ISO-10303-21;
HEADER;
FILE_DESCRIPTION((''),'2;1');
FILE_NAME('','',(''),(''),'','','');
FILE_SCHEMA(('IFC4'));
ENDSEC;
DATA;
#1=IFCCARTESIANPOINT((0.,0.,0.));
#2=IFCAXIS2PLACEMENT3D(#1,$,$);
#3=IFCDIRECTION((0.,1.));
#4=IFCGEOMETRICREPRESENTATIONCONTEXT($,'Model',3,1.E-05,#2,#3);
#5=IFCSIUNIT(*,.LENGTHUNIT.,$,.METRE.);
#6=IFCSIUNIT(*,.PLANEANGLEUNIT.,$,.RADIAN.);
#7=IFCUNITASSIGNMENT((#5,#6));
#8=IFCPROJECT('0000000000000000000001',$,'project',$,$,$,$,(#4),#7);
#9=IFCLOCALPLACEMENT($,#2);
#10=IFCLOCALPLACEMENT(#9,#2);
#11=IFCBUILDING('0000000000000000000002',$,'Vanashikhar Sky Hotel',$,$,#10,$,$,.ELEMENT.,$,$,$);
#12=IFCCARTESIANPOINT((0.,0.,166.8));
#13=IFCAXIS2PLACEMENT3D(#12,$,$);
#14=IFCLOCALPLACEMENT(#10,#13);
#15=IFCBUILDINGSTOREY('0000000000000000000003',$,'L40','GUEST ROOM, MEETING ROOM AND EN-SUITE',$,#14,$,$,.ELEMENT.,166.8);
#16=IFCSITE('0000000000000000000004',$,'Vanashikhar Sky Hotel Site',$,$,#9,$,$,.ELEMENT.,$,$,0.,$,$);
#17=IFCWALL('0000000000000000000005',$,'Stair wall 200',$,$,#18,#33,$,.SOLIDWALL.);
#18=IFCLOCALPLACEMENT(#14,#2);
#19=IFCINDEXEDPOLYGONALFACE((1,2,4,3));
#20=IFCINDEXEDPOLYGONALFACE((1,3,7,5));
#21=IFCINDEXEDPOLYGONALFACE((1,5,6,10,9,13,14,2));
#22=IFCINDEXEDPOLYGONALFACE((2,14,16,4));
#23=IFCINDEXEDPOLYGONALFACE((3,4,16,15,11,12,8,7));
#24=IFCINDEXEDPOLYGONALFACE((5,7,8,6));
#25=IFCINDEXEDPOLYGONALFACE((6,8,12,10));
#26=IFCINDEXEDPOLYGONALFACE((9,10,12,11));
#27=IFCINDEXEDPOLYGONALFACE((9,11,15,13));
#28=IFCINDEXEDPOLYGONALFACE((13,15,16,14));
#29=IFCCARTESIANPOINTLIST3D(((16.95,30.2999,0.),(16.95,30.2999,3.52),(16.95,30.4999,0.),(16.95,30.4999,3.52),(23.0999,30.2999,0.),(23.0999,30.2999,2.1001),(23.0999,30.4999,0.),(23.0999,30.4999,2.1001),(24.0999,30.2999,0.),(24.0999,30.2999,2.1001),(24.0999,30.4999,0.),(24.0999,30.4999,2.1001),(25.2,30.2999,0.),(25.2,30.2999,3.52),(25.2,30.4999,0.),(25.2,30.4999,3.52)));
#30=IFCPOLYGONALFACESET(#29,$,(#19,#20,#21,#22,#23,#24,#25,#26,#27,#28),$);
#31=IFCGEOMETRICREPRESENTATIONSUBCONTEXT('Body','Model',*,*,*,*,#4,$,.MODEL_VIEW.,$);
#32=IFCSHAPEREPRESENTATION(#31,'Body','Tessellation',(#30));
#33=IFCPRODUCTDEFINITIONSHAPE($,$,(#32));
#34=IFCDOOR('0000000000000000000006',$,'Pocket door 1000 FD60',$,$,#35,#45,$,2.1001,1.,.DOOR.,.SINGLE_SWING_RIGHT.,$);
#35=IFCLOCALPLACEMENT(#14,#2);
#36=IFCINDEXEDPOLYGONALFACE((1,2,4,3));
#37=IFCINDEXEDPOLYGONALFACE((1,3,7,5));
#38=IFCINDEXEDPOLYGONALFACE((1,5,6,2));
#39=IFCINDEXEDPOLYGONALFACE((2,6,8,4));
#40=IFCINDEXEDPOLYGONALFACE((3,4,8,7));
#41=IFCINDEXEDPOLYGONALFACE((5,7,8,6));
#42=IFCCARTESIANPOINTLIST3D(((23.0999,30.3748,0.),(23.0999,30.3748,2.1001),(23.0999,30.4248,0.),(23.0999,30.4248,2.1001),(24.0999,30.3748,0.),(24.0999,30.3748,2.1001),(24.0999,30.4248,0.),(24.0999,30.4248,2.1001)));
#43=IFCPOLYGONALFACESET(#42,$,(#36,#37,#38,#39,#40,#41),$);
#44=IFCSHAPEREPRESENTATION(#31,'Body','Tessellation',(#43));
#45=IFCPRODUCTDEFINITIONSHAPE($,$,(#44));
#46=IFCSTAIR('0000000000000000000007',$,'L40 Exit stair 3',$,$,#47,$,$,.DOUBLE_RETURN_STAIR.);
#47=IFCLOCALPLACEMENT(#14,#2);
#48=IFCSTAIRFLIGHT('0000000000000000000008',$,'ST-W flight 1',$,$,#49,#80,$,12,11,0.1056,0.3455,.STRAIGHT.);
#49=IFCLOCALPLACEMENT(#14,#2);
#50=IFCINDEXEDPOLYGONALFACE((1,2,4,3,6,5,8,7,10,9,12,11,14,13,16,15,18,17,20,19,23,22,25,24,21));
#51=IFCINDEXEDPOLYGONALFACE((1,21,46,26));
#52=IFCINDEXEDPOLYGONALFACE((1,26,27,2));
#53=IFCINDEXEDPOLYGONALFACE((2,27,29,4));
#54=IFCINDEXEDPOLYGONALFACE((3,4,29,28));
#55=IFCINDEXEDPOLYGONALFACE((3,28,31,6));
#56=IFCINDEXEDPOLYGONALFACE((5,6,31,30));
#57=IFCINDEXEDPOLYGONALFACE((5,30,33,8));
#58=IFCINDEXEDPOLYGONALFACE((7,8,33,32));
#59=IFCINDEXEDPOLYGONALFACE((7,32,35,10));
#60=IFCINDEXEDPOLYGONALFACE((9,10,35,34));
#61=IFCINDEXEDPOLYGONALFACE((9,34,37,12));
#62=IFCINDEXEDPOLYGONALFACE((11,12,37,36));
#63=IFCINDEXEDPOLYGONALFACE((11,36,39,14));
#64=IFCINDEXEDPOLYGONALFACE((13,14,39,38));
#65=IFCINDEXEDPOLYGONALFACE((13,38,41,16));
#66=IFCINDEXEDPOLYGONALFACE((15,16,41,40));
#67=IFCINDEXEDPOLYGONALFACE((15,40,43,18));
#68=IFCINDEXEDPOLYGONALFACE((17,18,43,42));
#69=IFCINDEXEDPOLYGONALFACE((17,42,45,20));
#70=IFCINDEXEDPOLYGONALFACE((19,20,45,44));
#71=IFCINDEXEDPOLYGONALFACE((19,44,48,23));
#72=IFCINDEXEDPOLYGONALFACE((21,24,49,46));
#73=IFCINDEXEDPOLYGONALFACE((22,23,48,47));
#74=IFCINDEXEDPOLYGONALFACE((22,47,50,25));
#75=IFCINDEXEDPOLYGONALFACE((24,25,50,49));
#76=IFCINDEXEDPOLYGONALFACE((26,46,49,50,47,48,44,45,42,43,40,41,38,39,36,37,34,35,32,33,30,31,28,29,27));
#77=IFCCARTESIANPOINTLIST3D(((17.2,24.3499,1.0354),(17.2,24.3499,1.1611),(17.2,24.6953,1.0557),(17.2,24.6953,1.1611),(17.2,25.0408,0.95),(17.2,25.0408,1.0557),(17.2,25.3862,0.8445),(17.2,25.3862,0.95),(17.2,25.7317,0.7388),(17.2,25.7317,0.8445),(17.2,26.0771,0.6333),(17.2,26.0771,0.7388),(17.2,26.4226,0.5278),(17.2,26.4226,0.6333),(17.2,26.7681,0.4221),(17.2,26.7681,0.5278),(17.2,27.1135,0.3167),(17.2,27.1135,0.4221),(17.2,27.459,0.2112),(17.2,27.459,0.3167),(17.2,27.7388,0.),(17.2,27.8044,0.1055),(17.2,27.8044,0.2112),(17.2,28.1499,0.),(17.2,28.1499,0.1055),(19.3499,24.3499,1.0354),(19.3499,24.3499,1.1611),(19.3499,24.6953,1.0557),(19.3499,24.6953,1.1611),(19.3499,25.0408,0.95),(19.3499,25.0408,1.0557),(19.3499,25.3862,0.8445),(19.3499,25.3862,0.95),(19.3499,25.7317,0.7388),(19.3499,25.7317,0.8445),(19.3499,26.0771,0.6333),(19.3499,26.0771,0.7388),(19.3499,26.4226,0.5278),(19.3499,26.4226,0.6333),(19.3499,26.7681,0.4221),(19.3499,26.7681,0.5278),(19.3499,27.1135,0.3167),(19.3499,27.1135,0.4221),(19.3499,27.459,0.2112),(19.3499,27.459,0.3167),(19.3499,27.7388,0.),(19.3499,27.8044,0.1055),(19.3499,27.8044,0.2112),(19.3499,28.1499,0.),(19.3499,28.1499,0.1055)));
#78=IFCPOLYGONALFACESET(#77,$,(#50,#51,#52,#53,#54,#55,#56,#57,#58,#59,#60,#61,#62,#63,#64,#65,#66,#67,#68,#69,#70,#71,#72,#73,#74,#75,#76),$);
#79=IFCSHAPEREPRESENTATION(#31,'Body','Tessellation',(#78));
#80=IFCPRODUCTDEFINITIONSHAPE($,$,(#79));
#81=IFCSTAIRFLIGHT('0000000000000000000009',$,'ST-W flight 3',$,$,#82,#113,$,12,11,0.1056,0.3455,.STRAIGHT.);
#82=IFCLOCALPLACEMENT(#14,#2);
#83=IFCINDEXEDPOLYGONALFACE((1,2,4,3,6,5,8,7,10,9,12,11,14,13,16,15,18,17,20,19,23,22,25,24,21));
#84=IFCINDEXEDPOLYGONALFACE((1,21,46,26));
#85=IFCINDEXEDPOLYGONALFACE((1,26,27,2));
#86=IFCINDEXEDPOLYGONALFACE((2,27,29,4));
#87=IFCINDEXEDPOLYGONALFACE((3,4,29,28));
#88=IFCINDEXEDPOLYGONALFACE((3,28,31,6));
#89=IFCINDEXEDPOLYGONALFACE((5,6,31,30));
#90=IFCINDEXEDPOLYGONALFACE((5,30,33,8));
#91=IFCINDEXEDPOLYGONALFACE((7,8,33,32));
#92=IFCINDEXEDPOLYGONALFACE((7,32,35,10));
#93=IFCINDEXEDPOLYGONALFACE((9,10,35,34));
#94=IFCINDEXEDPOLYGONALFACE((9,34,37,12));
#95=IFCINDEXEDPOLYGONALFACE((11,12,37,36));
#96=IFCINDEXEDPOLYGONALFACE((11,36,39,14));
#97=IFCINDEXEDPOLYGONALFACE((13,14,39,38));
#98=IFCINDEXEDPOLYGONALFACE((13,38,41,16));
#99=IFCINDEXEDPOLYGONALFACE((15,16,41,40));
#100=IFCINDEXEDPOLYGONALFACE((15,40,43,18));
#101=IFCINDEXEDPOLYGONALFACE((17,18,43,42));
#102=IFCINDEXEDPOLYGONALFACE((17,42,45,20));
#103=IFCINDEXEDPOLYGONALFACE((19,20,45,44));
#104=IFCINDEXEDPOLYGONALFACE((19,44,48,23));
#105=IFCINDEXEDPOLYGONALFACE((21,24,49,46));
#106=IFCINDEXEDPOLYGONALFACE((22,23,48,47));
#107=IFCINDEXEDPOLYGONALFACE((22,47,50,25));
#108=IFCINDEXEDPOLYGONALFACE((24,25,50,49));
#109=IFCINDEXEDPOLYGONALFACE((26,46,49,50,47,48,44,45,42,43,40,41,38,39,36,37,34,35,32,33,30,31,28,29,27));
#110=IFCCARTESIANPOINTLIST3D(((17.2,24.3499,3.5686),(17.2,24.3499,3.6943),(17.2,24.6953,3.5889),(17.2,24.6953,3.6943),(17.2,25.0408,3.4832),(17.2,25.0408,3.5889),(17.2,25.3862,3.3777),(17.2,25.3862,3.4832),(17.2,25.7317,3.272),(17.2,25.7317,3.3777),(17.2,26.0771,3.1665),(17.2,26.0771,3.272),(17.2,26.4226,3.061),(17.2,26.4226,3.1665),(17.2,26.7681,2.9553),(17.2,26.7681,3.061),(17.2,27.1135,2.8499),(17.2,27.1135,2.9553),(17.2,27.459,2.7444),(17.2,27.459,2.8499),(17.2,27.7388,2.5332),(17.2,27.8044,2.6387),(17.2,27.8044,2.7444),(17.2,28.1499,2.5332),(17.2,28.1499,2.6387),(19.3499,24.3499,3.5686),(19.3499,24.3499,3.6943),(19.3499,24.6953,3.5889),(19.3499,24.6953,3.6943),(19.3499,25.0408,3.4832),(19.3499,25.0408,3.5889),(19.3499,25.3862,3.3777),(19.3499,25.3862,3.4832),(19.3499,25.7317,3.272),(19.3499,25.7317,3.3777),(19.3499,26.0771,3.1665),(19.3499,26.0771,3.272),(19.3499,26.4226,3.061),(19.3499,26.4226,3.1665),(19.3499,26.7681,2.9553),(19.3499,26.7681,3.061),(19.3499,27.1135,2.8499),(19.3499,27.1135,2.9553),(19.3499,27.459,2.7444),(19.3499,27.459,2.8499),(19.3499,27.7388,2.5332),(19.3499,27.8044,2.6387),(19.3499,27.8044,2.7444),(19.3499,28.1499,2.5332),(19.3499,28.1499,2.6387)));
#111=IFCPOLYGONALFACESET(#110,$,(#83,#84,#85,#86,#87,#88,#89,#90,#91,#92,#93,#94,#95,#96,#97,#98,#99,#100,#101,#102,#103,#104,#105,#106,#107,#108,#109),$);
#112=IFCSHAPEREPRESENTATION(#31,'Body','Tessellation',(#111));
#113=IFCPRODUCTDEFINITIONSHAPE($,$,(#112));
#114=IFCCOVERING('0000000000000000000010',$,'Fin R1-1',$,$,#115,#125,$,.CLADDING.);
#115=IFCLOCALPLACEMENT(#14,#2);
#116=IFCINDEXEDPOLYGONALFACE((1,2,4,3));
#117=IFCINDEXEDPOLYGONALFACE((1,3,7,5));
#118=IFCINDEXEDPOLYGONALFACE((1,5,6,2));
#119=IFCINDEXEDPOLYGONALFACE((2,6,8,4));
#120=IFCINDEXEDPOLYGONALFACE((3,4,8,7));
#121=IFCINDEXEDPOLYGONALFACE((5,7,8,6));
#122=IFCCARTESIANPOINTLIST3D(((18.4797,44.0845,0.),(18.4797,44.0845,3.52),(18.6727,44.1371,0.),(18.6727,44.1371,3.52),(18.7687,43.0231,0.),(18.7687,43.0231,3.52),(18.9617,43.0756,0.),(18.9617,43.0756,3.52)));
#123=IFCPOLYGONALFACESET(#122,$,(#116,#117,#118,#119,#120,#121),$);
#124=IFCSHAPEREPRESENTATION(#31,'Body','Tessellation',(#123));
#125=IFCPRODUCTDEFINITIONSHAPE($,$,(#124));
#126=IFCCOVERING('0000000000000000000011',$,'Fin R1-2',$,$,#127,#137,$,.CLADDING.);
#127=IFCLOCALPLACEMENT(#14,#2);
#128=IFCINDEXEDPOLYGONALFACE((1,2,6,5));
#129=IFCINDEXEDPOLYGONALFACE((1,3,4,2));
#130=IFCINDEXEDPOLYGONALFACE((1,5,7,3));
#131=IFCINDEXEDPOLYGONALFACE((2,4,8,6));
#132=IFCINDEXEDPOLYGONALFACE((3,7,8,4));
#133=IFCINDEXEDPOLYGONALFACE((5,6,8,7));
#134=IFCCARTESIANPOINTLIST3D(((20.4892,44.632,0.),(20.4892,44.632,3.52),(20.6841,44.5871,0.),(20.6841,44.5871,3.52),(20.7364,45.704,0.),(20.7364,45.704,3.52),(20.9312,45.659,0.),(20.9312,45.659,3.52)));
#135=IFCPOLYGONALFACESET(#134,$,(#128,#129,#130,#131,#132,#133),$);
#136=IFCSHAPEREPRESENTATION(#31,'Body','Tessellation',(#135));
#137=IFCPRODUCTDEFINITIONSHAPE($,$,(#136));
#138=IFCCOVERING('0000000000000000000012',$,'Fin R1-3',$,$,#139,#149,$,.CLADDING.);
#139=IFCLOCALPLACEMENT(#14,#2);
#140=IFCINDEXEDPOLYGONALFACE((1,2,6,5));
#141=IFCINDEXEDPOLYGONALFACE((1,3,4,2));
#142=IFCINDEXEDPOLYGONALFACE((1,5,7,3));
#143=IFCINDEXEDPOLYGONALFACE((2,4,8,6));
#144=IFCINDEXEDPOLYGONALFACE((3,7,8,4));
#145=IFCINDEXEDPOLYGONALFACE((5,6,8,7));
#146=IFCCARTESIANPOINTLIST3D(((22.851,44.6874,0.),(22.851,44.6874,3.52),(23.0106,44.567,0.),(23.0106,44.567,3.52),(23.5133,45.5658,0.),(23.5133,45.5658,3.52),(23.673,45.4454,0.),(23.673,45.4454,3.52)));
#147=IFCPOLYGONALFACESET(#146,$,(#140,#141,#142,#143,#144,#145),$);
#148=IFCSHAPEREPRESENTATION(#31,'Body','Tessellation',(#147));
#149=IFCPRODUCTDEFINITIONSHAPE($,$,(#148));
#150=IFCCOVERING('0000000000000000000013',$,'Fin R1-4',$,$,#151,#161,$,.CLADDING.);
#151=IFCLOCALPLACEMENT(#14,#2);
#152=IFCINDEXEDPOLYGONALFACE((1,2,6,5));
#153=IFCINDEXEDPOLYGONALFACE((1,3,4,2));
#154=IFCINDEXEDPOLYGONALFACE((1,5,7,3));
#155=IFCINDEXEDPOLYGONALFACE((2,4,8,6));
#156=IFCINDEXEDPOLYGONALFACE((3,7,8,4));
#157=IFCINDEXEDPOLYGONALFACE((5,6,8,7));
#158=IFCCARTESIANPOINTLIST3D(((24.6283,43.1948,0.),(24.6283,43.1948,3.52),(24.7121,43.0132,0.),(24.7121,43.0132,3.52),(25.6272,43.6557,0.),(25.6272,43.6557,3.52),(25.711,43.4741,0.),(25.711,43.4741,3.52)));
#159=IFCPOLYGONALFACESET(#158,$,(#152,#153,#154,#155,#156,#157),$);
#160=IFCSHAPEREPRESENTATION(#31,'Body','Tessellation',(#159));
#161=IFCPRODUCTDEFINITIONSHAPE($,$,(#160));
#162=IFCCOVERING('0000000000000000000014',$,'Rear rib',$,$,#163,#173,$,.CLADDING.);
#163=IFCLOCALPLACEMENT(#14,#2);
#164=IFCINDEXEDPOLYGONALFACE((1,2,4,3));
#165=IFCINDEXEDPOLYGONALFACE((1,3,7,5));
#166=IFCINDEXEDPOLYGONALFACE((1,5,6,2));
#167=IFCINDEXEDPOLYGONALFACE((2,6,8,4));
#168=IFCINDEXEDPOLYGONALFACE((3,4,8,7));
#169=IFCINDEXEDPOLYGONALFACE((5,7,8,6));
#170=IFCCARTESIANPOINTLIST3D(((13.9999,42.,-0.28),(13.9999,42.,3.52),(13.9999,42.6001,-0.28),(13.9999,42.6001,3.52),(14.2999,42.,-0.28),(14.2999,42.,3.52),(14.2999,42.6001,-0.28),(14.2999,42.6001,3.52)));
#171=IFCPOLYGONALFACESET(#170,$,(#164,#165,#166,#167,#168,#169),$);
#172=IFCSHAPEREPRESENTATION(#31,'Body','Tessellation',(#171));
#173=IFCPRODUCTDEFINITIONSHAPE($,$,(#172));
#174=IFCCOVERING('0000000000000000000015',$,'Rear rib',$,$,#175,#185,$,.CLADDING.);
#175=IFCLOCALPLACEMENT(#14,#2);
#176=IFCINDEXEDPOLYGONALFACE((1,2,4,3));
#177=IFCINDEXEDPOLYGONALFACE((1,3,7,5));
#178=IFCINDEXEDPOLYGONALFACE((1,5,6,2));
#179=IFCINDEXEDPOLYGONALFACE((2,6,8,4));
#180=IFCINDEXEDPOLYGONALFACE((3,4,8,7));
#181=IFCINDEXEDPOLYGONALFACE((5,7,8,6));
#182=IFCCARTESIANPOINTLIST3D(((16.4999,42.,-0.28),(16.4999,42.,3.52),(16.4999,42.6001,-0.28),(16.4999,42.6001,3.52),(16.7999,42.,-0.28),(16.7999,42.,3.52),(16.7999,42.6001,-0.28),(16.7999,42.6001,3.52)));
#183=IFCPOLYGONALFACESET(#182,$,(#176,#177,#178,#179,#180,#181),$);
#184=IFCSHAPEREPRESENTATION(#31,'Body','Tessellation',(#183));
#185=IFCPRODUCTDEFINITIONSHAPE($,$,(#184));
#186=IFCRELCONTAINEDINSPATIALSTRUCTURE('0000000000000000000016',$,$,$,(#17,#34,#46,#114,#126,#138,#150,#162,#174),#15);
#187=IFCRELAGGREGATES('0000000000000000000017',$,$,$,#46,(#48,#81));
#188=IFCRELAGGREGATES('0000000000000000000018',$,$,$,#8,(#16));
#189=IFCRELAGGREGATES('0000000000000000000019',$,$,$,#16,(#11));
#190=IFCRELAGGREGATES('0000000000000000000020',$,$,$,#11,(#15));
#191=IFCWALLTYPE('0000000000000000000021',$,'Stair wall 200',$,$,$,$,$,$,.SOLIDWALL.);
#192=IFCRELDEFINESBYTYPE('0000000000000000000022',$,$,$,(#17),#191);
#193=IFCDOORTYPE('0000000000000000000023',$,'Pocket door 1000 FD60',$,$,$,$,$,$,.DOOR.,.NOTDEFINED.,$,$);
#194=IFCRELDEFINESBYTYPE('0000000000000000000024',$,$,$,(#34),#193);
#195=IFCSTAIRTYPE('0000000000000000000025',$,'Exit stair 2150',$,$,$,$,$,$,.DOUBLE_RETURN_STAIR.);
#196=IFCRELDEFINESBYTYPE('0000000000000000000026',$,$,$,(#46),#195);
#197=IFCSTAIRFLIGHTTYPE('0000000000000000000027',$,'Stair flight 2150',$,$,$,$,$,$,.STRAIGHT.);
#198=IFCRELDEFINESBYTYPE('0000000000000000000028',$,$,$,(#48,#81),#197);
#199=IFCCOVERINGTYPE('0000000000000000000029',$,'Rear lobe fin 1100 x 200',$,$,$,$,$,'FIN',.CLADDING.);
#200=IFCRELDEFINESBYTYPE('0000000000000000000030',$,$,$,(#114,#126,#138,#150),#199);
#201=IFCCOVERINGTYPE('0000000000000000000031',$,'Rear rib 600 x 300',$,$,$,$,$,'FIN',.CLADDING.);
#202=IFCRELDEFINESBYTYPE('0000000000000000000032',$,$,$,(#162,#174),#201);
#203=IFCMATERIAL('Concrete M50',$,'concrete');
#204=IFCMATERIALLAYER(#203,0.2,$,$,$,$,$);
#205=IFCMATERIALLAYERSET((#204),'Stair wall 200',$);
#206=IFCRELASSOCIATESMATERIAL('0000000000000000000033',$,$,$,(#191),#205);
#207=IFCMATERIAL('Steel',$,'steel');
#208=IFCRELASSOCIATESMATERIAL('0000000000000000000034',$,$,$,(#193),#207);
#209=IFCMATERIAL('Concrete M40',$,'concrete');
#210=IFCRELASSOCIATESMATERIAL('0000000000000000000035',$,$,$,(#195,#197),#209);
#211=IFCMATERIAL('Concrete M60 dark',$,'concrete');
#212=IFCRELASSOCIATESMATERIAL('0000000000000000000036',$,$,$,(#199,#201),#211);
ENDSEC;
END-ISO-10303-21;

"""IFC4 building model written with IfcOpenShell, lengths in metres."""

from ifc_helpers import new_model, si_unit, direction, frame, frame_2d, origin, origin_2d, place, context, subcontext, project, spatial, polyline, rectangle, outline, extrude, source, transform, mapped, material, layer, layer_set, material_profile, profile_set, type_object, element, fill, aggregate, save


model = new_model("IFC4")

# Units and contexts
model_context = context("Model", 3, precision=1e-05, world=origin(), true_north=direction((0.0, 1.0)))
body_context = subcontext(model_context, "Body", "Model", "MODEL_VIEW")
ifc_project = project(units=[si_unit("LENGTHUNIT", "METRE"), si_unit("PLANEANGLEUNIT", "RADIAN")], contexts=[model_context])

# Site, building, storey
site_placement = place(None, origin())
site = spatial("IfcSite", under=ifc_project, at=site_placement, Name="Vanashikhar Sky Hotel Site", CompositionType="ELEMENT", RefElevation=0.0)
building_placement = place(site_placement, origin())
building = spatial("IfcBuilding", under=site, at=building_placement, Name="Vanashikhar Sky Hotel", CompositionType="ELEMENT")
storey_placement = place(building_placement, frame((0.0, 0.0, 166.8)))
storey = spatial("IfcBuildingStorey", under=building, at=storey_placement, Name="L40", Description="GUEST ROOM, MEETING ROOM AND EN-SUITE", CompositionType="ELEMENT", Elevation=166.8)

# Shared definitions
ifc_material_1 = material(Name="Concrete M50", Category="concrete")

# Wall, opening, door
ifc_layer_1 = layer(ifc_material_1, 0.2)
ifc_layer_set_1 = layer_set([ifc_layer_1], Name="Stair wall 200")
wall_type_1 = type_object("IfcWallType", Name="Stair wall 200", PredefinedType="SOLIDWALL", material=ifc_layer_set_1)
shared_shape_1 = source(origin(), body_context, "Body", "SweptSolid", [
    extrude(rectangle(XDim=8.25, YDim=0.2, at=frame_2d((4.125, 0.0))), origin(), (0.0, 0.0, 1.0), 3.52),
])
wall_1_placement = place(storey_placement, frame((16.95, 30.3999, 0.0), z_axis=(0.0, 0.0, 1.0), x_axis=(1.0, 0.0, 0.0)))
wall_1 = element("IfcWall", 1, at=wall_1_placement, inside=storey, type_object=wall_type_1, Name="Stair wall 200", PredefinedType="SOLIDWALL", context=body_context, shape_type="MappedRepresentation", body=[
    mapped(shared_shape_1, transform((0.0, 0.0, 0.0), scale=1.0)),
])
shared_shape_2 = source(origin(), body_context, "Body", "SweptSolid", [
    extrude(rectangle(XDim=1.0, YDim=2.1001, at=frame_2d((0.5, 1.05))), frame((0.0, 0.1099, 0.0), z_axis=(0.0, -1.0, 0.0), x_axis=(1.0, 0.0, 0.0)), (0.0, 0.0, 1.0), 0.22),
])
opening_1_placement = place(wall_1_placement, frame((6.1499, 0.0, 0.0)))
opening_1 = element("IfcOpeningElement", 2, at=opening_1_placement, cuts=wall_1, PredefinedType="OPENING", context=body_context, shape_type="MappedRepresentation", body=[
    mapped(shared_shape_2, transform((0.0, 0.0, 0.0), scale=1.0)),
])
ifc_material_2 = material(Name="Steel", Category="steel")
door_type = type_object("IfcDoorType", Name="Pocket door 1000 FD60", OperationType="NOTDEFINED", PredefinedType="DOOR", material=ifc_material_2)
shared_shape_3 = source(origin(), body_context, "Body", "SweptSolid", [
    extrude(rectangle(XDim=1.0, YDim=2.1001, at=frame_2d((0.5, 1.05))), frame((0.0, 0.0249, 0.0), z_axis=(0.0, -1.0, 0.0), x_axis=(1.0, 0.0, 0.0)), (0.0, 0.0, 1.0), 0.05),
])
door_placement = place(opening_1_placement, origin())
door = element("IfcDoor", 3, at=door_placement, inside=storey, type_object=door_type, Name="Pocket door 1000 FD60", OperationType="SINGLE_SWING_RIGHT", OverallHeight=2.1001, OverallWidth=1.0, PredefinedType="DOOR", context=body_context, shape_type="MappedRepresentation", body=[
    mapped(shared_shape_3, transform((0.0, 0.0, 0.0), scale=1.0)),
])
fill(opening_1, door)

# Stair, stair flights
ifc_material_3 = material(Name="Concrete M40", Category="concrete")
stair_type = type_object("IfcStairType", Name="Exit stair 2150", PredefinedType="DOUBLE_RETURN_STAIR", material=ifc_material_3)
stair_placement = place(storey_placement, origin())
stair = element("IfcStair", 4, at=stair_placement, inside=storey, type_object=stair_type, Name="L40 Exit stair 3", PredefinedType="DOUBLE_RETURN_STAIR")
stair_flight_type = type_object("IfcStairFlightType", Name="Stair flight 2150", PredefinedType="STRAIGHT", material=ifc_material_3)
shared_shape_4 = source(origin(), body_context, "Body", "SweptSolid", [
    extrude(outline(polyline([(0.0, 0.0), (0.0, 0.1055), (0.3455, 0.1055), (0.3455, 0.2112), (0.6909, 0.2112), (0.6909, 0.3167), (1.0364, 0.3167), (1.0364, 0.4221), (1.3818, 0.4221), (1.3818, 0.5278), (1.7273, 0.5278), (1.7273, 0.6333), (2.0728, 0.6333), (2.0728, 0.7388), (2.4182, 0.7388), (2.4182, 0.8445), (2.7637, 0.8445), (2.7637, 0.95), (3.1091, 0.95), (3.1091, 1.0557), (3.4546, 1.0557), (3.4546, 1.1611), (3.8, 1.1611), (3.8, 1.2666), (3.8, 1.0354), (0.4111, 0.0), (0.0, 0.0)])), frame((0.0, 1.075, 0.0), z_axis=(0.0, -1.0, 0.0), x_axis=(1.0, 0.0, 0.0)), (0.0, 0.0, 1.0), 2.1499),
])
stair_flight_1_placement = place(storey_placement, frame((18.2749, 28.1499, 0.0), z_axis=(0.0, 0.0, 1.0), x_axis=(0.0, -1.0, 0.0)))
stair_flight_1 = element("IfcStairFlight", 5, at=stair_flight_1_placement, type_object=stair_flight_type, Name="ST-W flight 1", NumberOfRisers=12, NumberOfTreads=11, PredefinedType="STRAIGHT", RiserHeight=0.1056, TreadLength=0.3455, context=body_context, shape_type="MappedRepresentation", body=[
    mapped(shared_shape_4, transform((0.0, 0.0, 0.0), scale=1.0)),
])
stair_flight_2_placement = place(storey_placement, frame((18.2749, 28.1499, 2.5332), z_axis=(0.0, 0.0, 1.0), x_axis=(0.0, -1.0, 0.0)))
stair_flight_2 = element("IfcStairFlight", 6, at=stair_flight_2_placement, type_object=stair_flight_type, Name="ST-W flight 3", NumberOfRisers=12, NumberOfTreads=11, PredefinedType="STRAIGHT", RiserHeight=0.1056, TreadLength=0.3455, context=body_context, shape_type="MappedRepresentation", body=[
    mapped(shared_shape_4, transform((0.0, 0.0, 0.0), scale=1.0)),
])
aggregate(stair, [stair_flight_1, stair_flight_2])

# Coverings
ifc_material_4 = material(Name="Concrete M60 dark", Category="concrete")
ifc_material_profile_1 = material_profile(ifc_material_4, rectangle(XDim=1.1001, YDim=0.2, at=origin_2d()))
ifc_profile_set_1 = profile_set([ifc_material_profile_1], Name="Rear lobe fin 1100 x 200")
covering_type_1 = type_object("IfcCoveringType", Name="Rear lobe fin 1100 x 200", ElementType="FIN", PredefinedType="CLADDING", material=ifc_profile_set_1)
shared_shape_5 = source(origin(), body_context, "Body", "SweptSolid", [
    extrude(rectangle(XDim=1.1001, YDim=0.2, at=origin_2d()), origin(), (0.0, 0.0, 1.0), 3.52),
])
for number, where, z_axis, x_axis, name in (
    (7, (18.7207, 43.5801, 0.0), (0.0, 0.0, 1.0), (-0.262711, 0.964874, 0.0), "Fin R1-1"),
    (8, (20.7102, 45.1455, 0.0), (0.0, 0.0, 1.0), (0.224645, 0.974441, 0.0), "Fin R1-2"),
    (9, (23.262, 45.0664, 0.0), (0.0, 0.0, 1.0), (0.602066, 0.798446, 0.0), "Fin R1-3"),
    (10, (25.1697, 43.3345, 0.0), (0.0, 0.0, 1.0), (0.908004, 0.418961, 0.0), "Fin R1-4"),
):
    element("IfcCovering", number, at=place(storey_placement, frame(where, z_axis=z_axis, x_axis=x_axis)), inside=storey, type_object=covering_type_1, Name=name, PredefinedType="CLADDING", context=body_context, shape_type="MappedRepresentation", body=[
        mapped(shared_shape_5, transform((0.0, 0.0, 0.0), scale=1.0)),
    ])
ifc_material_profile_2 = material_profile(ifc_material_4, rectangle(XDim=0.6001, YDim=0.3, at=origin_2d()))
ifc_profile_set_2 = profile_set([ifc_material_profile_2], Name="Rear rib 600 x 300")
covering_type_2 = type_object("IfcCoveringType", Name="Rear rib 600 x 300", ElementType="FIN", PredefinedType="CLADDING", material=ifc_profile_set_2)
shared_shape_6 = source(origin(), body_context, "Body", "SweptSolid", [
    extrude(rectangle(XDim=0.6001, YDim=0.3, at=origin_2d()), origin(), (0.0, 0.0, 1.0), 3.8),
])
for number, where, z_axis, x_axis, name in (
    (11, (14.1499, 42.3, -0.28), (0.0, 0.0, 1.0), (0.0, 1.0, 0.0), "Rear rib"),
    (12, (16.6499, 42.3, -0.28), (0.0, 0.0, 1.0), (0.0, 1.0, 0.0), "Rear rib"),
):
    element("IfcCovering", number, at=place(storey_placement, frame(where, z_axis=z_axis, x_axis=x_axis)), inside=storey, type_object=covering_type_2, Name=name, PredefinedType="CLADDING", context=body_context, shape_type="MappedRepresentation", body=[
        mapped(shared_shape_6, transform((0.0, 0.0, 0.0), scale=1.0)),
    ])

save(model, "model.ifc")
